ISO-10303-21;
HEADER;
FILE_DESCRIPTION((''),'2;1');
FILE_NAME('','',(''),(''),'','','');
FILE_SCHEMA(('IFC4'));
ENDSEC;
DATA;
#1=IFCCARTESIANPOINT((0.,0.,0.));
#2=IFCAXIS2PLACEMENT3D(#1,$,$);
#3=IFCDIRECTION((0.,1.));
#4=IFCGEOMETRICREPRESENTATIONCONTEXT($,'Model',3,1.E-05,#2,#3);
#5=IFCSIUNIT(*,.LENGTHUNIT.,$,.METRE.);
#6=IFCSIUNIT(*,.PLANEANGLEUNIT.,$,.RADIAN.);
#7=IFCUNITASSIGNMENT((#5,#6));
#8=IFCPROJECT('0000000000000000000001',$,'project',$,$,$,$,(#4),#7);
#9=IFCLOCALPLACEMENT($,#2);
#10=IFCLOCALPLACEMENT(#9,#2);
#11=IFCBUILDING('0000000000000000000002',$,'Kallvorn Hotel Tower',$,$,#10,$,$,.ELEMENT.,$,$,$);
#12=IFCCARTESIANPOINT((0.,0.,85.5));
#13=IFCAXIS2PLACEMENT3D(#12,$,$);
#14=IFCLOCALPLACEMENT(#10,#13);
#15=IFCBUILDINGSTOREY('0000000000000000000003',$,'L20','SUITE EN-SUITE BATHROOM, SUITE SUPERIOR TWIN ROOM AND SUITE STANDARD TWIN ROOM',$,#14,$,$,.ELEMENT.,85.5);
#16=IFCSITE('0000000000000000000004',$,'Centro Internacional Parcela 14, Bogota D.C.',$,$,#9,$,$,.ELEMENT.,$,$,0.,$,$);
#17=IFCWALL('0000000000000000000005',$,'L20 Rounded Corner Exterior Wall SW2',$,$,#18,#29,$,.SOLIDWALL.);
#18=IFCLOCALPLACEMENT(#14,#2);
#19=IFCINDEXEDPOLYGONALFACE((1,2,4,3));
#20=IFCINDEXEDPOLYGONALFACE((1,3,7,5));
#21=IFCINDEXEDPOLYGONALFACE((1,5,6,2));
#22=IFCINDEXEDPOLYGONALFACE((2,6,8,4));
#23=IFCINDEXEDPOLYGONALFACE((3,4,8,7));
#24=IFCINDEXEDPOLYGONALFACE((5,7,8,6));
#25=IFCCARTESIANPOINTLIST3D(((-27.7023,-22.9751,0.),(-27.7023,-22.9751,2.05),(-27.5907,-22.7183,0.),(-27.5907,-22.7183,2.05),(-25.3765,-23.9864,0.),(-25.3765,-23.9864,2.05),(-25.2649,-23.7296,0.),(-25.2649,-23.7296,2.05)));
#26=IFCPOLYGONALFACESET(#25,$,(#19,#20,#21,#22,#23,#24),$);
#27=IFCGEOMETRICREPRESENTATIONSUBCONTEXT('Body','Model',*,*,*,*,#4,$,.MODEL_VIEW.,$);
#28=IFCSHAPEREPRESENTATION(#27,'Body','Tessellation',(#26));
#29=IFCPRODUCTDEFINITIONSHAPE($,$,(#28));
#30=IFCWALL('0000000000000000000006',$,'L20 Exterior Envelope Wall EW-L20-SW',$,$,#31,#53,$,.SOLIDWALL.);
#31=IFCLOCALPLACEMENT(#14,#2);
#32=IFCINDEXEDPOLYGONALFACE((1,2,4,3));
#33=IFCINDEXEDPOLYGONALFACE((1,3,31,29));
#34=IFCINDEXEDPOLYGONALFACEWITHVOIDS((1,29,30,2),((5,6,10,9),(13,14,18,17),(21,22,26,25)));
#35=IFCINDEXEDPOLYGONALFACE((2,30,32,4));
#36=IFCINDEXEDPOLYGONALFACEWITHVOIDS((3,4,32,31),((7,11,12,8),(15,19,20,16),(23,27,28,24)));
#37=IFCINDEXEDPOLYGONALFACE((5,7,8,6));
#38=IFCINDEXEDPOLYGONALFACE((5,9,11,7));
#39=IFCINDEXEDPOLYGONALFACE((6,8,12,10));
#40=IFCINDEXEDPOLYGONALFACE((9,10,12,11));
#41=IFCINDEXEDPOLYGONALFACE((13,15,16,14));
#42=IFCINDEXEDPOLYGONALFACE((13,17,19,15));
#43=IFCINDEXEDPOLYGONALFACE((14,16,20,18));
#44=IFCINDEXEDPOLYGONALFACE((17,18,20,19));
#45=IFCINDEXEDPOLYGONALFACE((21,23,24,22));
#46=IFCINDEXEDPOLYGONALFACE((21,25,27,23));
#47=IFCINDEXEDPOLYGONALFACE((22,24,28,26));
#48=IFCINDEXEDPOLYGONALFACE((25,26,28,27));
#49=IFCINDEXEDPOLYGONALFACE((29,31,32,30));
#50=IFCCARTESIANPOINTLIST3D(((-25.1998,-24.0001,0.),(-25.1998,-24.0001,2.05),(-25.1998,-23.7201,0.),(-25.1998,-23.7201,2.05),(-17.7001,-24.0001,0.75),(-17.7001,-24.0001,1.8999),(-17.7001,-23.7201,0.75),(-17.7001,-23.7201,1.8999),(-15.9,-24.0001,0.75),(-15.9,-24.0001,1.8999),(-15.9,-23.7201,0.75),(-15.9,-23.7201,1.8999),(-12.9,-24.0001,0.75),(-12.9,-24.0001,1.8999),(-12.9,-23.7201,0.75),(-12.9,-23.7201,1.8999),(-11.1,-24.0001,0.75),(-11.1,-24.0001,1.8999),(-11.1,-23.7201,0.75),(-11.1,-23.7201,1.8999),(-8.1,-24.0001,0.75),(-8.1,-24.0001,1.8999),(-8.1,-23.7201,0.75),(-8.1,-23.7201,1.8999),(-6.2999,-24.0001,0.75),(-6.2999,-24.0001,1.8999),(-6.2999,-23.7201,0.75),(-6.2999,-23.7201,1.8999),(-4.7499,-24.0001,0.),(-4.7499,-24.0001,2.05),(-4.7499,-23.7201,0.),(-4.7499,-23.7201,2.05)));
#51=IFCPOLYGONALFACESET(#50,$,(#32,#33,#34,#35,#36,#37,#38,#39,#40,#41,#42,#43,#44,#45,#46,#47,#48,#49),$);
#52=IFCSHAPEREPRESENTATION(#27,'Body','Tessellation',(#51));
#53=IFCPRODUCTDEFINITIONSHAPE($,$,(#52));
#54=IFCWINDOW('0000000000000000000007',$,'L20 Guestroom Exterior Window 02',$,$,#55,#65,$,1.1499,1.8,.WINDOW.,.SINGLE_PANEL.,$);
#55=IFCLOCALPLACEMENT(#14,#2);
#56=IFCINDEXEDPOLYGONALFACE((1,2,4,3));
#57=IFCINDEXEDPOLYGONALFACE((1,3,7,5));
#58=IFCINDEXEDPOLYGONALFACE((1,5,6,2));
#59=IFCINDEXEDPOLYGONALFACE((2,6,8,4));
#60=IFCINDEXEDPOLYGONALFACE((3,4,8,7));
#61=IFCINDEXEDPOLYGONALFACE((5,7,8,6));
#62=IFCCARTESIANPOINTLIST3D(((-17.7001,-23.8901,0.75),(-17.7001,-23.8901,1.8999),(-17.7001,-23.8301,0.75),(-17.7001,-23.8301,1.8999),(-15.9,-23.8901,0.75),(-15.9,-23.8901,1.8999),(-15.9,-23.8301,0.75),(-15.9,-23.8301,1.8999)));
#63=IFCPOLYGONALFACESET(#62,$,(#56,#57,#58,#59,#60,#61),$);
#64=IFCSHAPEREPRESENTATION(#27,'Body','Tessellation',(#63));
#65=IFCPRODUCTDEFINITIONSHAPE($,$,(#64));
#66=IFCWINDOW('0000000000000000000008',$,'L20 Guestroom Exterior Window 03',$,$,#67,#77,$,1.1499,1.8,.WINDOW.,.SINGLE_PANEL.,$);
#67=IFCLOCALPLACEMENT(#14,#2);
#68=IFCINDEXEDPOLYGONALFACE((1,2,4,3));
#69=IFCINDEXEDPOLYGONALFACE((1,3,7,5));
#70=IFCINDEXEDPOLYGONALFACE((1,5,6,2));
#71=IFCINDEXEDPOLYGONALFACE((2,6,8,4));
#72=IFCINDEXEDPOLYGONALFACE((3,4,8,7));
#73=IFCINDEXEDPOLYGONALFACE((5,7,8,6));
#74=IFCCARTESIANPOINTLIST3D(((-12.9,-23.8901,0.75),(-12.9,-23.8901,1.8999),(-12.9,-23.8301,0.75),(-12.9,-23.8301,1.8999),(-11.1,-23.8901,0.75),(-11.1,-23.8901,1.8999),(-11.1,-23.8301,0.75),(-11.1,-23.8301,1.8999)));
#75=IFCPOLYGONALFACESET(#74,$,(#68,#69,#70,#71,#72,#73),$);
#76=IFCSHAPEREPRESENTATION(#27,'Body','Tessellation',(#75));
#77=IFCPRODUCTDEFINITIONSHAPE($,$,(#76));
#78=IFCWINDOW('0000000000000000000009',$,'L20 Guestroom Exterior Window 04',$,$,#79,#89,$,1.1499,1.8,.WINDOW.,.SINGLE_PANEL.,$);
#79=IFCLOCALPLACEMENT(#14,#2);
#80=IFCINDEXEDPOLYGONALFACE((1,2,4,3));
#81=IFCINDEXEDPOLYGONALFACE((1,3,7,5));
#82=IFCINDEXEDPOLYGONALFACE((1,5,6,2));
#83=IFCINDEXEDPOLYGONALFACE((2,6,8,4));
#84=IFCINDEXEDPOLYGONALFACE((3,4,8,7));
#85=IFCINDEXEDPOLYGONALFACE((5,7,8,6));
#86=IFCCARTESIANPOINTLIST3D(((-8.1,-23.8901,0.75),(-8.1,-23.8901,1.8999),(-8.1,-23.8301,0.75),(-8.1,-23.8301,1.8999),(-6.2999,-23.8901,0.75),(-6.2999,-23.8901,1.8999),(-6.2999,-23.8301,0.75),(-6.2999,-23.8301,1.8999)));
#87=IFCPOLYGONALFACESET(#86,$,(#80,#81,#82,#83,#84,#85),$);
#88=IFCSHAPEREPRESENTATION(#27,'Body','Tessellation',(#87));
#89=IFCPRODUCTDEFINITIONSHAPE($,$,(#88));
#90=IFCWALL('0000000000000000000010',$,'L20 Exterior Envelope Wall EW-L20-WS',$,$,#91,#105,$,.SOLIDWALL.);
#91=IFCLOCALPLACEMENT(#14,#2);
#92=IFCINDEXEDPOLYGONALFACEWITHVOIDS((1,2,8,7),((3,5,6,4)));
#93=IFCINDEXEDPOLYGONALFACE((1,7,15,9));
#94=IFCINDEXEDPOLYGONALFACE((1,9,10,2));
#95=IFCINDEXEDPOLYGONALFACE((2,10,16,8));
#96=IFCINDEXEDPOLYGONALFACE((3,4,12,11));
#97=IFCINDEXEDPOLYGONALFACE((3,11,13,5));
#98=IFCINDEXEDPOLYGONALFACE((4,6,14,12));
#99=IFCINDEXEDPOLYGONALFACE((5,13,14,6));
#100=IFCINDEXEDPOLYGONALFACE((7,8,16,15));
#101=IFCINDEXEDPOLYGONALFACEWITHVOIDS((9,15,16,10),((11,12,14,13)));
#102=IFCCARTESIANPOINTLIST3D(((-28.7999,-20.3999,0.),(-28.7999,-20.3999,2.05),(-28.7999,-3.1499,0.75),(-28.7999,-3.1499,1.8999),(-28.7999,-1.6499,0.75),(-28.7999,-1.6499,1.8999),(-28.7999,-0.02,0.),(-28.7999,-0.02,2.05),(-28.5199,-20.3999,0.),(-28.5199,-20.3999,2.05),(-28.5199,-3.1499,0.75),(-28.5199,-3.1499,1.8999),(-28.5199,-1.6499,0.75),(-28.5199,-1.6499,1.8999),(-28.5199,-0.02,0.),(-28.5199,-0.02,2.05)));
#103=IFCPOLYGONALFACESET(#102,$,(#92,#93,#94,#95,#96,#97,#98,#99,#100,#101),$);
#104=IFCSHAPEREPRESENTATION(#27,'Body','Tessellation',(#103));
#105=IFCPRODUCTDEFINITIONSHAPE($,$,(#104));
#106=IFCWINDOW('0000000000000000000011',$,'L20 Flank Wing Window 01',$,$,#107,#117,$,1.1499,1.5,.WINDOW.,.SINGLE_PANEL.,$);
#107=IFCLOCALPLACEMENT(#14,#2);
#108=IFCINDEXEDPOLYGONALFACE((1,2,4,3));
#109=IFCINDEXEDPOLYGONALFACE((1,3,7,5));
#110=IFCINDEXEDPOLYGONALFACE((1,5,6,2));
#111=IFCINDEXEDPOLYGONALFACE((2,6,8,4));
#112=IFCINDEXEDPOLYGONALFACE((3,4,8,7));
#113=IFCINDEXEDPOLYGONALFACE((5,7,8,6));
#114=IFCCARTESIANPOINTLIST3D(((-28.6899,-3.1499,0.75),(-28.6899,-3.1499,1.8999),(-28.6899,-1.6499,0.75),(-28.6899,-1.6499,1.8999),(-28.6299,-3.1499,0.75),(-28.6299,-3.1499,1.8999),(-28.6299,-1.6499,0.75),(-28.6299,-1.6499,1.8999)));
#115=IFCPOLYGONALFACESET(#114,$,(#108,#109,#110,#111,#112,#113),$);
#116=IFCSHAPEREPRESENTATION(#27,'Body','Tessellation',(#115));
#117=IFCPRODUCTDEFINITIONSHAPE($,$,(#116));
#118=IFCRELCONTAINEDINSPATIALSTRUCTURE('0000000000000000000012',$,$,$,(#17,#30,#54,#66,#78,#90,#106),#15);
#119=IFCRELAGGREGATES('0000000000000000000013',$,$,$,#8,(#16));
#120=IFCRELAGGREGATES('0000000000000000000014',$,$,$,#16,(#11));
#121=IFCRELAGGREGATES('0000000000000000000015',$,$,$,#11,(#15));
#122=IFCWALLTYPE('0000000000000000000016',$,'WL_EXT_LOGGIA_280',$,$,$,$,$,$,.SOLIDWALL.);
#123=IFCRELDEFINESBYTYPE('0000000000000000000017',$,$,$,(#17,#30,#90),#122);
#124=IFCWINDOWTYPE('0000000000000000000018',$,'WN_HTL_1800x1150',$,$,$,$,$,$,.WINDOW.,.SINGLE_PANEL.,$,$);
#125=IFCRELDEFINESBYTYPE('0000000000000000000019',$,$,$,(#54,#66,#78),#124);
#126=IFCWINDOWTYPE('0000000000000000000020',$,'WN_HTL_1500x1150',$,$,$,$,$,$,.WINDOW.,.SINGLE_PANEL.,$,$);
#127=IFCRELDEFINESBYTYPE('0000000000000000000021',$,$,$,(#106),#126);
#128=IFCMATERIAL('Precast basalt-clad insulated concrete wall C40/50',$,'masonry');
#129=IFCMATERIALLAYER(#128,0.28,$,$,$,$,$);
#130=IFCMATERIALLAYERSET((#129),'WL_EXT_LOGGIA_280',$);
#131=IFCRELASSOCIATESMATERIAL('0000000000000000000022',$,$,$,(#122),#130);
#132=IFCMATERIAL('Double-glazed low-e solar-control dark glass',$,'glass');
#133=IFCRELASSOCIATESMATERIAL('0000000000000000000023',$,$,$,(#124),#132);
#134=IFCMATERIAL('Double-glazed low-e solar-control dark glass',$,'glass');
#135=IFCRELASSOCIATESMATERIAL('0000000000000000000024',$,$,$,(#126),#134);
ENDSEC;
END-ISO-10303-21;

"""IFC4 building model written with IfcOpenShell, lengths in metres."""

from ifc_helpers import new_model, si_unit, direction, frame, frame_2d, origin, place, context, subcontext, project, spatial, rectangle, extrude, material, layer, layer_set, type_object, element, fill, save


model = new_model("IFC4")

# Units and contexts
model_context = context("Model", 3, precision=1e-05, world=origin(), true_north=direction((0.0, 1.0)))
body_context = subcontext(model_context, "Body", "Model", "MODEL_VIEW")
ifc_project = project(units=[si_unit("LENGTHUNIT", "METRE"), si_unit("PLANEANGLEUNIT", "RADIAN")], contexts=[model_context])

# Site, building, storey
site_placement = place(None, origin())
site = spatial("IfcSite", under=ifc_project, at=site_placement, Name="Centro Internacional Parcela 14, Bogota D.C.", CompositionType="ELEMENT", RefElevation=0.0)
building_placement = place(site_placement, origin())
building = spatial("IfcBuilding", under=site, at=building_placement, Name="Kallvorn Hotel Tower", CompositionType="ELEMENT")
storey_placement = place(building_placement, frame((0.0, 0.0, 85.5)))
storey = spatial("IfcBuildingStorey", under=building, at=storey_placement, Name="L20", Description="SUITE EN-SUITE BATHROOM, SUITE SUPERIOR TWIN ROOM AND SUITE STANDARD TWIN ROOM", CompositionType="ELEMENT", Elevation=85.5)

# Wall
ifc_material_1 = material(Name="Precast basalt-clad insulated concrete wall C40/50", Category="masonry")
ifc_layer_1 = layer(ifc_material_1, 0.28)
ifc_layer_set_1 = layer_set([ifc_layer_1], Name="WL_EXT_LOGGIA_280")
wall_type_1 = type_object("IfcWallType", Name="WL_EXT_LOGGIA_280", PredefinedType="SOLIDWALL", material=ifc_layer_set_1)
wall_1_placement = place(storey_placement, frame((-27.6465, -22.8467, 0.0), z_axis=(0.0, 0.0, 1.0), x_axis=(0.917061, -0.398747, 0.0)))
element("IfcWall", 1, at=wall_1_placement, inside=storey, type_object=wall_type_1, Name="L20 Rounded Corner Exterior Wall SW2", PredefinedType="SOLIDWALL", context=body_context, shape_type="SweptSolid", body=[
    extrude(rectangle(XDim=2.5361, YDim=0.28, at=frame_2d((1.2681, 0.0))), origin(), (0.0, 0.0, 1.0), 2.05),
])

# Wall, openings, windows
wall_2_placement = place(storey_placement, frame((-25.2, -23.8601, 0.0), z_axis=(0.0, 0.0, 1.0), x_axis=(1.0, 0.0, 0.0)))
wall_2 = element("IfcWall", 2, at=wall_2_placement, inside=storey, type_object=wall_type_1, Name="L20 Exterior Envelope Wall EW-L20-SW", PredefinedType="SOLIDWALL", context=body_context, shape_type="SweptSolid", body=[
    extrude(rectangle(XDim=20.45, YDim=0.28, at=frame_2d((10.2251, 0.0))), origin(), (0.0, 0.0, 1.0), 2.05),
])
opening_1_placement = place(wall_2_placement, frame((7.5, 0.0, 0.75)))
opening_1 = element("IfcOpeningElement", 3, at=opening_1_placement, cuts=wall_2, PredefinedType="OPENING", context=body_context, shape_type="SweptSolid", body=[
    extrude(rectangle(XDim=1.8, YDim=1.1499, at=frame_2d((0.8999, 0.575))), frame((0.0, 0.155, 0.0), z_axis=(0.0, -1.0, 0.0), x_axis=(1.0, 0.0, 0.0)), (0.0, 0.0, 1.0), 0.3101),
])
opening_2_placement = place(wall_2_placement, frame((12.3, 0.0, 0.75)))
opening_2 = element("IfcOpeningElement", 4, at=opening_2_placement, cuts=wall_2, PredefinedType="OPENING", context=body_context, shape_type="SweptSolid", body=[
    extrude(rectangle(XDim=1.8, YDim=1.1499, at=frame_2d((0.8999, 0.575))), frame((0.0, 0.155, 0.0), z_axis=(0.0, -1.0, 0.0), x_axis=(1.0, 0.0, 0.0)), (0.0, 0.0, 1.0), 0.3101),
])
opening_3_placement = place(wall_2_placement, frame((17.1001, 0.0, 0.75)))
opening_3 = element("IfcOpeningElement", 5, at=opening_3_placement, cuts=wall_2, PredefinedType="OPENING", context=body_context, shape_type="SweptSolid", body=[
    extrude(rectangle(XDim=1.8, YDim=1.1499, at=frame_2d((0.8999, 0.575))), frame((0.0, 0.155, 0.0), z_axis=(0.0, -1.0, 0.0), x_axis=(1.0, 0.0, 0.0)), (0.0, 0.0, 1.0), 0.3101),
])
ifc_material_2 = material(Name="Double-glazed low-e solar-control dark glass", Category="glass")
window_type_1 = type_object("IfcWindowType", Name="WN_HTL_1800x1150", PartitioningType="SINGLE_PANEL", PredefinedType="WINDOW", material=ifc_material_2)
window_1_placement = place(opening_1_placement, origin())
window_1 = element("IfcWindow", 6, at=window_1_placement, inside=storey, type_object=window_type_1, Name="L20 Guestroom Exterior Window 02", OverallHeight=1.1499, OverallWidth=1.8, PartitioningType="SINGLE_PANEL", PredefinedType="WINDOW", context=body_context, shape_type="SweptSolid", body=[
    extrude(rectangle(XDim=1.8, YDim=1.1499, at=frame_2d((0.8999, 0.575))), frame((0.0, 0.03, 0.0), z_axis=(0.0, -1.0, 0.0), x_axis=(1.0, 0.0, 0.0)), (0.0, 0.0, 1.0), 0.0601),
])
fill(opening_1, window_1)
window_2_placement = place(opening_2_placement, origin())
window_2 = element("IfcWindow", 7, at=window_2_placement, inside=storey, type_object=window_type_1, Name="L20 Guestroom Exterior Window 03", OverallHeight=1.1499, OverallWidth=1.8, PartitioningType="SINGLE_PANEL", PredefinedType="WINDOW", context=body_context, shape_type="SweptSolid", body=[
    extrude(rectangle(XDim=1.8, YDim=1.1499, at=frame_2d((0.8999, 0.575))), frame((0.0, 0.03, 0.0), z_axis=(0.0, -1.0, 0.0), x_axis=(1.0, 0.0, 0.0)), (0.0, 0.0, 1.0), 0.0601),
])
fill(opening_2, window_2)
window_3_placement = place(opening_3_placement, origin())
window_3 = element("IfcWindow", 8, at=window_3_placement, inside=storey, type_object=window_type_1, Name="L20 Guestroom Exterior Window 04", OverallHeight=1.1499, OverallWidth=1.8, PartitioningType="SINGLE_PANEL", PredefinedType="WINDOW", context=body_context, shape_type="SweptSolid", body=[
    extrude(rectangle(XDim=1.8, YDim=1.1499, at=frame_2d((0.8999, 0.575))), frame((0.0, 0.03, 0.0), z_axis=(0.0, -1.0, 0.0), x_axis=(1.0, 0.0, 0.0)), (0.0, 0.0, 1.0), 0.0601),
])
fill(opening_3, window_3)

# Wall, opening, window
wall_3_placement = place(storey_placement, frame((-28.6599, -20.3999, 0.0), z_axis=(0.0, 0.0, 1.0), x_axis=(0.0, 1.0, 0.0)))
wall_3 = element("IfcWall", 9, at=wall_3_placement, inside=storey, type_object=wall_type_1, Name="L20 Exterior Envelope Wall EW-L20-WS", PredefinedType="SOLIDWALL", context=body_context, shape_type="SweptSolid", body=[
    extrude(rectangle(XDim=20.3799, YDim=0.28, at=frame_2d((10.1899, 0.0))), origin(), (0.0, 0.0, 1.0), 2.05),
])
opening_4_placement = place(wall_3_placement, frame((17.25, 0.0, 0.75)))
opening_4 = element("IfcOpeningElement", 10, at=opening_4_placement, cuts=wall_3, PredefinedType="OPENING", context=body_context, shape_type="SweptSolid", body=[
    extrude(rectangle(XDim=1.5, YDim=1.1499, at=frame_2d((0.75, 0.575))), frame((0.0, 0.155, 0.0), z_axis=(0.0, -1.0, 0.0), x_axis=(1.0, 0.0, 0.0)), (0.0, 0.0, 1.0), 0.3101),
])
ifc_material_3 = material(Name="Double-glazed low-e solar-control dark glass", Category="glass")
window_type_2 = type_object("IfcWindowType", Name="WN_HTL_1500x1150", PartitioningType="SINGLE_PANEL", PredefinedType="WINDOW", material=ifc_material_3)
window_4_placement = place(opening_4_placement, origin())
window_4 = element("IfcWindow", 11, at=window_4_placement, inside=storey, type_object=window_type_2, Name="L20 Flank Wing Window 01", OverallHeight=1.1499, OverallWidth=1.5, PartitioningType="SINGLE_PANEL", PredefinedType="WINDOW", context=body_context, shape_type="SweptSolid", body=[
    extrude(rectangle(XDim=1.5, YDim=1.1499, at=frame_2d((0.75, 0.575))), frame((0.0, 0.03, 0.0), z_axis=(0.0, -1.0, 0.0), x_axis=(1.0, 0.0, 0.0)), (0.0, 0.0, 1.0), 0.0601),
])
fill(opening_4, window_4)

save(model, "model.ifc")
